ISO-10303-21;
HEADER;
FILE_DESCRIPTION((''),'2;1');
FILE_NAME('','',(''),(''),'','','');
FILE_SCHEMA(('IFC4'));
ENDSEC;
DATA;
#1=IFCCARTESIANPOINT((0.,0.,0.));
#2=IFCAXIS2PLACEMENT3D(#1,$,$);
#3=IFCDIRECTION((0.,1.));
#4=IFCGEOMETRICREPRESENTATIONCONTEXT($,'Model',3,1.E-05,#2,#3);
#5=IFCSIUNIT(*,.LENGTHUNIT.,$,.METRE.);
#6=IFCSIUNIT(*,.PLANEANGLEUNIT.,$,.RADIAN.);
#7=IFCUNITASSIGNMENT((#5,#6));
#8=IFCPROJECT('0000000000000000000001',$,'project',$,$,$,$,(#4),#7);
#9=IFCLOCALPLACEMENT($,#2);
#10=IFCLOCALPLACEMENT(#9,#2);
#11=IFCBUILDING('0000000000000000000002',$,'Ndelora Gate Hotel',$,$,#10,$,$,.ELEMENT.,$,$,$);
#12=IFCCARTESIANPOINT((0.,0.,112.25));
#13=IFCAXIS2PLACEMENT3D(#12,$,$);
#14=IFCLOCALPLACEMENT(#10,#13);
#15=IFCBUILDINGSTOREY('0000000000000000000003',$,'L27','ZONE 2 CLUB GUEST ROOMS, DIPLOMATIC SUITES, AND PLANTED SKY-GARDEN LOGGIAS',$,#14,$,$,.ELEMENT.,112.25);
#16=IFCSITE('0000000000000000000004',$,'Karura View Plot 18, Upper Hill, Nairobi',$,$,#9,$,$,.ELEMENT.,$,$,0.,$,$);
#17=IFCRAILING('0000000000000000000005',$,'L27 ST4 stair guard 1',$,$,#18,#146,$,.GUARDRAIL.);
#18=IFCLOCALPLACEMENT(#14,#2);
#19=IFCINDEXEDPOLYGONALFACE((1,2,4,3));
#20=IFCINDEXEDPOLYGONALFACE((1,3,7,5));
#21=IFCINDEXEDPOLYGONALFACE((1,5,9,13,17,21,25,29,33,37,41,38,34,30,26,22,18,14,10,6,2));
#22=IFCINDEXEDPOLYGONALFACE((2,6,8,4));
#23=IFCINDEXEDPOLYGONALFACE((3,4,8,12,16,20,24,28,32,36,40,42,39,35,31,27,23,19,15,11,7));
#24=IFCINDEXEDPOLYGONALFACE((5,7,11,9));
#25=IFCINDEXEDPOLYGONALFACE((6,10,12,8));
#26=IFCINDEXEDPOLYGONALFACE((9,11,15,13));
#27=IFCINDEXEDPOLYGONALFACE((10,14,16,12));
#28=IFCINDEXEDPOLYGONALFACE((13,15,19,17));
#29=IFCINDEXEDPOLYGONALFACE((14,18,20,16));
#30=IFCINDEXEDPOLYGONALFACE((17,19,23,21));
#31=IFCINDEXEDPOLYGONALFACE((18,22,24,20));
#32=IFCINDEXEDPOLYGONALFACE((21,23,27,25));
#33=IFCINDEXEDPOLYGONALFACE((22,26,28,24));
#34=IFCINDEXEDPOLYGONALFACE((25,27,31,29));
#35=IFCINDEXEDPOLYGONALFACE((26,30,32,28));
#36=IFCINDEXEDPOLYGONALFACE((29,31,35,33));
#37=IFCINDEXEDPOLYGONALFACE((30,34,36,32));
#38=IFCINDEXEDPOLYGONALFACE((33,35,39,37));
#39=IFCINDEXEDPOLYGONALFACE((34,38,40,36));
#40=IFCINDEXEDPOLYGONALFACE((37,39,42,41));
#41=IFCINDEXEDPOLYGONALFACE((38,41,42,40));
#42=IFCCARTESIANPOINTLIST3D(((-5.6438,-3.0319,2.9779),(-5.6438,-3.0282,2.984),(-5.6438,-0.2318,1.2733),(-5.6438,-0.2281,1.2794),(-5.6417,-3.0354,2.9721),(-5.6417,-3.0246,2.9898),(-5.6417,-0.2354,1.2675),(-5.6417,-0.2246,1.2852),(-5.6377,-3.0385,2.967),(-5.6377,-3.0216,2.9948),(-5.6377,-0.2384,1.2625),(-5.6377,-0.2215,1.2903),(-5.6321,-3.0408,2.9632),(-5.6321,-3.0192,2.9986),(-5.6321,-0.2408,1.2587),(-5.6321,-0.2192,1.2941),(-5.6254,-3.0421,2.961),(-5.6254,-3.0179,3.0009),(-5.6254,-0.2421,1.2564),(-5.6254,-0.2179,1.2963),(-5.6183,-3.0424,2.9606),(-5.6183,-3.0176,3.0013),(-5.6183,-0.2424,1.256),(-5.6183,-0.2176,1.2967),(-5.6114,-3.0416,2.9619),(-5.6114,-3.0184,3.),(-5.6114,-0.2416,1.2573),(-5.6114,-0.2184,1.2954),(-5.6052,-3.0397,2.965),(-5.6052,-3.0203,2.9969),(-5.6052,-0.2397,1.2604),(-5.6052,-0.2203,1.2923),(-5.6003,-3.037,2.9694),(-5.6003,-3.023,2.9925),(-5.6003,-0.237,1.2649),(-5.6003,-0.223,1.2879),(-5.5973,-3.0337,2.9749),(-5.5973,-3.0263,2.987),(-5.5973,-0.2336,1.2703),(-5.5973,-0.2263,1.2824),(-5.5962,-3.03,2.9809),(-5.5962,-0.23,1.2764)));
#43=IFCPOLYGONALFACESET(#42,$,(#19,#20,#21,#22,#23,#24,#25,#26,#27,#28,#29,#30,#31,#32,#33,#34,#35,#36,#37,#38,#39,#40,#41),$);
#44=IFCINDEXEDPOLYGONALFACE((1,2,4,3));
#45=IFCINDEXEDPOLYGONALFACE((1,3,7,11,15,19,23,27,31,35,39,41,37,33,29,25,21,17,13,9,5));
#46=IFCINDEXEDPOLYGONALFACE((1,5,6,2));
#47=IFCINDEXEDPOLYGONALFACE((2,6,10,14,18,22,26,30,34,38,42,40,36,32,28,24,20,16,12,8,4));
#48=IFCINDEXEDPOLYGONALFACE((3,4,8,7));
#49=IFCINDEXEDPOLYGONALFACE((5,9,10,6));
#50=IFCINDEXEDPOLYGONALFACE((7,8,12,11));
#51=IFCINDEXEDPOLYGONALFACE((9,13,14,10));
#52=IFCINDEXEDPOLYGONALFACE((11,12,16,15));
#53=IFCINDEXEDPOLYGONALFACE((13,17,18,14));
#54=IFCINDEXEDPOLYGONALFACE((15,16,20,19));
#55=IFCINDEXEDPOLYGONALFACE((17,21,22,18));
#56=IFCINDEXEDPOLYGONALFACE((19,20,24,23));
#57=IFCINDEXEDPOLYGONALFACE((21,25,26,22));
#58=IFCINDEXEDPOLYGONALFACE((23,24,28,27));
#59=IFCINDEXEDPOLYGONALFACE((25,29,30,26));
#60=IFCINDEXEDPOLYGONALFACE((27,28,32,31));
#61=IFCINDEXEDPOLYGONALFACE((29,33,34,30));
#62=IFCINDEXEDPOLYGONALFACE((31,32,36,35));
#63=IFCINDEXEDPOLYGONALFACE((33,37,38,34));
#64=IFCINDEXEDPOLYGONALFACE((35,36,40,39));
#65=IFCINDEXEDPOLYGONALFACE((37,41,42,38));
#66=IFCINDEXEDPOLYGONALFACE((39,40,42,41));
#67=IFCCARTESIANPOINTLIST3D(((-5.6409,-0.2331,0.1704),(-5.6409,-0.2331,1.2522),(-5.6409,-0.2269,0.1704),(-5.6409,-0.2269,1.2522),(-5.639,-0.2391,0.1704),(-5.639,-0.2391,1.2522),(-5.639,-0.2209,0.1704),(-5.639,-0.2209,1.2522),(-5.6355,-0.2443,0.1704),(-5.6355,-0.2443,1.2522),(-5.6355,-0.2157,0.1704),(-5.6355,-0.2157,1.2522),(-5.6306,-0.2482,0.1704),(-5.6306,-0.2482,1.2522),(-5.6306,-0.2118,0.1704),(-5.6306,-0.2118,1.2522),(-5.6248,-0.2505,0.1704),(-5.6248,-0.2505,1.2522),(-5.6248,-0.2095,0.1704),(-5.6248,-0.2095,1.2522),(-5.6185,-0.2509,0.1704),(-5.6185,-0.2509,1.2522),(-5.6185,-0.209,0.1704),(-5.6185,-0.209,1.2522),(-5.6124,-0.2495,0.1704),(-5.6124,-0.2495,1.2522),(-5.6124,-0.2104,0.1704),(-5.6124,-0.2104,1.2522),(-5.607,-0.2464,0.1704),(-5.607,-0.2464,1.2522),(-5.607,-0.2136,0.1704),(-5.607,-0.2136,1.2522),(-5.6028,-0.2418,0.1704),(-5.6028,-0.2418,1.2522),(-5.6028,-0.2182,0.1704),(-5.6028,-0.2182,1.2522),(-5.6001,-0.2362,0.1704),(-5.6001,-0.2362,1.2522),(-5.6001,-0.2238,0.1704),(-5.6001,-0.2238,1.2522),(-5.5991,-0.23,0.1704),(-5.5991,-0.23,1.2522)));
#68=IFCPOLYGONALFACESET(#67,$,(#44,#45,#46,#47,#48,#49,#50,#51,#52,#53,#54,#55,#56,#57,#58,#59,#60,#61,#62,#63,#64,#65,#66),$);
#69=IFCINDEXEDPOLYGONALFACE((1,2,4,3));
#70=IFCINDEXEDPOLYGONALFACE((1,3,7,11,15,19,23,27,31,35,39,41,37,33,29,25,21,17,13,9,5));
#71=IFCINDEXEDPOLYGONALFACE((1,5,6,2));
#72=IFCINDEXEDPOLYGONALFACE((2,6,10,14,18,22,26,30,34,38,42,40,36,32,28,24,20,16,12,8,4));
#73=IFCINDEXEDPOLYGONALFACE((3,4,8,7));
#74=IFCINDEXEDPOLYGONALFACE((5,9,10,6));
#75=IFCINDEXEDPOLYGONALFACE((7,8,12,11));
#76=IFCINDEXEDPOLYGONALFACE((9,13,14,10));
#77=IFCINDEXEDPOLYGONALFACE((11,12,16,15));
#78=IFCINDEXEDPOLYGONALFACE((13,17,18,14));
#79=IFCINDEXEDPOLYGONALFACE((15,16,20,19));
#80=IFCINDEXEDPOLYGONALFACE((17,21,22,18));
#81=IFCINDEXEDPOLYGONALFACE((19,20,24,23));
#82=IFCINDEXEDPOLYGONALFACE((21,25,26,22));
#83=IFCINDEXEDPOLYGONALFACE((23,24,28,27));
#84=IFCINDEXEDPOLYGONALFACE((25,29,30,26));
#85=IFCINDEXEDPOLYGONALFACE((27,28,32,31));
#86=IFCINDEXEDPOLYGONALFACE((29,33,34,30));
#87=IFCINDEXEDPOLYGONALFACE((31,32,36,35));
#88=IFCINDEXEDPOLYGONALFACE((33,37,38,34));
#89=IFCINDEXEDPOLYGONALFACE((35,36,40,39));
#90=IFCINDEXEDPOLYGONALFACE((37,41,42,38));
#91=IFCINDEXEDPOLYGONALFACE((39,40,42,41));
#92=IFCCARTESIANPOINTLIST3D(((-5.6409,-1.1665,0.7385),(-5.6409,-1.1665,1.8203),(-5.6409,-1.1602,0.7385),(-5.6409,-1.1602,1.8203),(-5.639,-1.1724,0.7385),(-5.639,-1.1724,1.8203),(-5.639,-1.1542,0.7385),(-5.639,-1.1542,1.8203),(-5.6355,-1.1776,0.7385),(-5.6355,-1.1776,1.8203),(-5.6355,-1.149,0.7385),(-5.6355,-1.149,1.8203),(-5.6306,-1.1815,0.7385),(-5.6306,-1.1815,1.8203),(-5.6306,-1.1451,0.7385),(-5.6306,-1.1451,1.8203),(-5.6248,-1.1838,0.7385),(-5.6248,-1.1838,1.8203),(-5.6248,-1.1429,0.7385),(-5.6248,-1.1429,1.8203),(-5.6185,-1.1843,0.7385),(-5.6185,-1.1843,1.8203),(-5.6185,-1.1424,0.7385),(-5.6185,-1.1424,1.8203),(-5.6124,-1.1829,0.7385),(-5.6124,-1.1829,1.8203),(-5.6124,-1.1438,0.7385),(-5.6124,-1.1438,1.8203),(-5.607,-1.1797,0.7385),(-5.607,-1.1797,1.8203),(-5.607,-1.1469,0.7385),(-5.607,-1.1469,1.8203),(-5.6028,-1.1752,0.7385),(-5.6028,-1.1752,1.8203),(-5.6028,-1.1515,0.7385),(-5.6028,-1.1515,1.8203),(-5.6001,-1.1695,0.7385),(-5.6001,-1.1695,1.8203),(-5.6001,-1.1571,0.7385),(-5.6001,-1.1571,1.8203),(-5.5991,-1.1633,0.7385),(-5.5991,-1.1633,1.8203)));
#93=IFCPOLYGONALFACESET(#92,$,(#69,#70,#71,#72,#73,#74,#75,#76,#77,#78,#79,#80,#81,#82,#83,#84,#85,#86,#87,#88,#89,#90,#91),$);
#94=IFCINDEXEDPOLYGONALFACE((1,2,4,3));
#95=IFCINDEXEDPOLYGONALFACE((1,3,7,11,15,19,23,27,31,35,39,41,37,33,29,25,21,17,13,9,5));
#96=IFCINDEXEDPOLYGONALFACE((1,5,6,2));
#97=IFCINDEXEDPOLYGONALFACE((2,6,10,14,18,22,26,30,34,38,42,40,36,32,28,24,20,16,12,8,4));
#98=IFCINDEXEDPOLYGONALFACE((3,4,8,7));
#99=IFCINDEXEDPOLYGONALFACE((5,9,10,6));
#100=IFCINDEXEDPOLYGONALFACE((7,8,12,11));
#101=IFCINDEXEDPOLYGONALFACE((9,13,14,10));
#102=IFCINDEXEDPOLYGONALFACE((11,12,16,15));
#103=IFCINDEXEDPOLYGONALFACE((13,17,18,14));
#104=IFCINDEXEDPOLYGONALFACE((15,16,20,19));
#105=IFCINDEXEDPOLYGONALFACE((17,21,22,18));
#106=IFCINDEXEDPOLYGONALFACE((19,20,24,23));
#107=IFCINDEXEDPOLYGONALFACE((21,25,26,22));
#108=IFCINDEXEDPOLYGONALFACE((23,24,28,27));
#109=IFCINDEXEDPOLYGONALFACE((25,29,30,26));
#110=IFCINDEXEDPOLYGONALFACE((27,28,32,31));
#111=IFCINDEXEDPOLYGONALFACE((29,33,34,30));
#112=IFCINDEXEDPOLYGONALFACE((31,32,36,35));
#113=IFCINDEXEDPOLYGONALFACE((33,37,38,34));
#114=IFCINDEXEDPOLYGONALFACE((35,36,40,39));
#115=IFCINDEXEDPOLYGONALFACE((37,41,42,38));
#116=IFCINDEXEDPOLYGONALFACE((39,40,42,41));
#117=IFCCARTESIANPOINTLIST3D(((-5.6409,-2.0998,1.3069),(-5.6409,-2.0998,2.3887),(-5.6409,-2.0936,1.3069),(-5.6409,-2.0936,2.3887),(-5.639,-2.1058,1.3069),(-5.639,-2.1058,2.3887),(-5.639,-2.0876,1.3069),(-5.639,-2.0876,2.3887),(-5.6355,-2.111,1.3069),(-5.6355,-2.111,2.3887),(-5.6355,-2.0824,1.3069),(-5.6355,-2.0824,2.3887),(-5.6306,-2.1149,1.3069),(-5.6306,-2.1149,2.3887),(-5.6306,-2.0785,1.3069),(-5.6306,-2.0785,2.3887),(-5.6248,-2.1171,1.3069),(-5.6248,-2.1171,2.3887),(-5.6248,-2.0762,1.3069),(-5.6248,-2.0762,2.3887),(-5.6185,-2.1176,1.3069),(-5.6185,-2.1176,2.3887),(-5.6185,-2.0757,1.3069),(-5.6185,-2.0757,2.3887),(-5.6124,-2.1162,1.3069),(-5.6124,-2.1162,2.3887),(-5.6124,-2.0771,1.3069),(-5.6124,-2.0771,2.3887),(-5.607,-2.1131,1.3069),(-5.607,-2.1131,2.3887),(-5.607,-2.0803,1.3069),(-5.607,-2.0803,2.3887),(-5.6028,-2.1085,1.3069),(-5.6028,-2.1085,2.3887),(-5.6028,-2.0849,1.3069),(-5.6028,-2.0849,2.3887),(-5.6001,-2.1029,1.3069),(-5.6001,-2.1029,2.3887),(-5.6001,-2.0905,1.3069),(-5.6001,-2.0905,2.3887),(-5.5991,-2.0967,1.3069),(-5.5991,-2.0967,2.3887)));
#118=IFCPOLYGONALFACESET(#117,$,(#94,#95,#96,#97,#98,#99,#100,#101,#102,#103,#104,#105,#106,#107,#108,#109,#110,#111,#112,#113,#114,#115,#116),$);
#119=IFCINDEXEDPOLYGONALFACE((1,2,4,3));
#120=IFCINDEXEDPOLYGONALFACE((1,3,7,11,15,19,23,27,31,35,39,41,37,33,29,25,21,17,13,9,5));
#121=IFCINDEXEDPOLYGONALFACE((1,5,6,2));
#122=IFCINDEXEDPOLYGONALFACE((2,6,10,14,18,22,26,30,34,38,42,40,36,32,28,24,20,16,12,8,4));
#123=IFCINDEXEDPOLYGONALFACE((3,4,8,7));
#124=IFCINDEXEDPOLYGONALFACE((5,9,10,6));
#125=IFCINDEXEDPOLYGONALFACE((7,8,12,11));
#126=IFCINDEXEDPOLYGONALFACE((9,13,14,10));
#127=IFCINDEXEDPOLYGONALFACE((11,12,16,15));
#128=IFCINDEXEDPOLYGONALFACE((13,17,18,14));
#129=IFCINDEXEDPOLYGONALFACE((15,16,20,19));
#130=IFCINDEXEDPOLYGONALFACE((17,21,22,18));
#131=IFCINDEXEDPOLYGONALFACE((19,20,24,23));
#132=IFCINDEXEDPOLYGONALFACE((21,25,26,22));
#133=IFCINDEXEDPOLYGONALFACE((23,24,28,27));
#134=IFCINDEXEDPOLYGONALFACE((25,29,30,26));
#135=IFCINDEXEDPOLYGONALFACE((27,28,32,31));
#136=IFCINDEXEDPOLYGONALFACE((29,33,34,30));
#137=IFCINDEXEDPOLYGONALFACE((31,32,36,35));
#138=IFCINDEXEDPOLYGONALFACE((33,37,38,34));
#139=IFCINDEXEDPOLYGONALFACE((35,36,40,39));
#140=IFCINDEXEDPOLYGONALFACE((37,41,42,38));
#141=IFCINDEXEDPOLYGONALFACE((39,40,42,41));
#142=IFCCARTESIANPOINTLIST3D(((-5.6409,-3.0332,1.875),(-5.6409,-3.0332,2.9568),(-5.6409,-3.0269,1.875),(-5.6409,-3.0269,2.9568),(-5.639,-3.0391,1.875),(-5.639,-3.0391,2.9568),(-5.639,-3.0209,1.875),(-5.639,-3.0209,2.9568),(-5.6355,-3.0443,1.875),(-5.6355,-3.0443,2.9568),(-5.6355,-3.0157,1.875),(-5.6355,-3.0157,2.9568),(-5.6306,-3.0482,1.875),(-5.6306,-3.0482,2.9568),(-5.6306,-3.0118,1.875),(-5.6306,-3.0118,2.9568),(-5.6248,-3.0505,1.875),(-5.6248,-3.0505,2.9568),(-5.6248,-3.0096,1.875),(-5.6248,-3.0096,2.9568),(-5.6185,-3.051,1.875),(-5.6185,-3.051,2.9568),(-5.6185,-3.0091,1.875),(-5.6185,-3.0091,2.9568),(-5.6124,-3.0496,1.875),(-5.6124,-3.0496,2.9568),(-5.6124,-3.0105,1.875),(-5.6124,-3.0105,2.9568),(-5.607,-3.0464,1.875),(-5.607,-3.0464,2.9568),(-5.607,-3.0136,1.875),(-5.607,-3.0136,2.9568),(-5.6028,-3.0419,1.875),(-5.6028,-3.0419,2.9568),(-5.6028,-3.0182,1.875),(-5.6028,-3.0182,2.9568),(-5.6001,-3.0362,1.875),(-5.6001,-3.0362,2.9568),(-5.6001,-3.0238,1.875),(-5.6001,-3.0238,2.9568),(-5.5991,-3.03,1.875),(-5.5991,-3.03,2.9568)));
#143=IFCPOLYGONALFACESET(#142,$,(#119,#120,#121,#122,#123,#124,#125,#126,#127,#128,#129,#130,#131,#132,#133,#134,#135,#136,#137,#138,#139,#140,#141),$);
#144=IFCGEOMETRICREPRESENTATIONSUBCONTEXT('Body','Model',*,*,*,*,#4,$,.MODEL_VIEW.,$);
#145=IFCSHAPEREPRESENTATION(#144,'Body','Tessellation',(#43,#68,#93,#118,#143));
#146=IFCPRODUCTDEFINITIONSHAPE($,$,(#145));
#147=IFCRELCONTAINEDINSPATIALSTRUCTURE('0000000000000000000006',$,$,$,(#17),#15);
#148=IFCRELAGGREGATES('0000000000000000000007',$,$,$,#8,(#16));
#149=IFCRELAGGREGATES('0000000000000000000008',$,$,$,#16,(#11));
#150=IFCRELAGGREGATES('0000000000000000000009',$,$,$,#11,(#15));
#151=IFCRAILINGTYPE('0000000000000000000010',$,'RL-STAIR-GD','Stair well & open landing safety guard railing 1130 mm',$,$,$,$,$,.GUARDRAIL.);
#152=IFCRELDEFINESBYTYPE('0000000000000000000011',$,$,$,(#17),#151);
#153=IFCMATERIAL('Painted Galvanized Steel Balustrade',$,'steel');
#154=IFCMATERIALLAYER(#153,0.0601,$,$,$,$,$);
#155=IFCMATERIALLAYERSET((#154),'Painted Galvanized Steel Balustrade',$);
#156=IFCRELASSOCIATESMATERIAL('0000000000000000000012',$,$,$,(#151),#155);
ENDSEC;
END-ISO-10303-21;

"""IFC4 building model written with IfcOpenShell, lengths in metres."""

from ifc_helpers import new_model, si_unit, direction, frame, origin, origin_2d, place, context, subcontext, project, spatial, circle, extrude, material, layer, layer_set, type_object, element, save


model = new_model("IFC4")

# Units and contexts
model_context = context("Model", 3, precision=1e-05, world=origin(), true_north=direction((0.0, 1.0)))
body_context = subcontext(model_context, "Body", "Model", "MODEL_VIEW")
ifc_project = project(units=[si_unit("LENGTHUNIT", "METRE"), si_unit("PLANEANGLEUNIT", "RADIAN")], contexts=[model_context])

# Site, building, storey
site_placement = place(None, origin())
site = spatial("IfcSite", under=ifc_project, at=site_placement, Name="Karura View Plot 18, Upper Hill, Nairobi", CompositionType="ELEMENT", RefElevation=0.0)
building_placement = place(site_placement, origin())
building = spatial("IfcBuilding", under=site, at=building_placement, Name="Ndelora Gate Hotel", CompositionType="ELEMENT")
storey_placement = place(building_placement, frame((0.0, 0.0, 112.25)))
storey = spatial("IfcBuildingStorey", under=building, at=storey_placement, Name="L27", Description="ZONE 2 CLUB GUEST ROOMS, DIPLOMATIC SUITES, AND PLANTED SKY-GARDEN LOGGIAS", CompositionType="ELEMENT", Elevation=112.25)

# Railing
ifc_material_1 = material(Name="Painted Galvanized Steel Balustrade", Category="steel")
ifc_layer_1 = layer(ifc_material_1, 0.0601)
ifc_layer_set_1 = layer_set([ifc_layer_1], Name="Painted Galvanized Steel Balustrade")
railing_type_1 = type_object("IfcRailingType", Name="RL-STAIR-GD", Description="Stair well & open landing safety guard railing 1130 mm", PredefinedType="GUARDRAIL", material=ifc_layer_set_1)
railing_1_placement = place(storey_placement, frame((-5.6201, -0.23, 0.1704)))
element("IfcRailing", 1, at=railing_1_placement, inside=storey, type_object=railing_type_1, Name="L27 ST4 stair guard 1", PredefinedType="GUARDRAIL", context=body_context, shape_type="SweptSolid", body=[
    extrude(circle(Radius=0.0239, at=origin_2d()), frame((0.0, 0.0, 1.106), z_axis=(0.0, -0.85417, 0.519994), x_axis=(1.0, 0.0, 0.0)), (0.0, 0.0, 1.0), 3.2781),
    extrude(circle(Radius=0.021, at=origin_2d()), origin(), (0.0, 0.0, 1.0), 1.0818),
    extrude(circle(Radius=0.021, at=origin_2d()), frame((0.0, -0.9333, 0.5681)), (0.0, 0.0, 1.0), 1.0818),
    extrude(circle(Radius=0.021, at=origin_2d()), frame((0.0, -1.8667, 1.1365)), (0.0, 0.0, 1.0), 1.0818),
    extrude(circle(Radius=0.021, at=origin_2d()), frame((0.0, -2.8, 1.7046)), (0.0, 0.0, 1.0), 1.0818),
])

save(model, "model.ifc")
